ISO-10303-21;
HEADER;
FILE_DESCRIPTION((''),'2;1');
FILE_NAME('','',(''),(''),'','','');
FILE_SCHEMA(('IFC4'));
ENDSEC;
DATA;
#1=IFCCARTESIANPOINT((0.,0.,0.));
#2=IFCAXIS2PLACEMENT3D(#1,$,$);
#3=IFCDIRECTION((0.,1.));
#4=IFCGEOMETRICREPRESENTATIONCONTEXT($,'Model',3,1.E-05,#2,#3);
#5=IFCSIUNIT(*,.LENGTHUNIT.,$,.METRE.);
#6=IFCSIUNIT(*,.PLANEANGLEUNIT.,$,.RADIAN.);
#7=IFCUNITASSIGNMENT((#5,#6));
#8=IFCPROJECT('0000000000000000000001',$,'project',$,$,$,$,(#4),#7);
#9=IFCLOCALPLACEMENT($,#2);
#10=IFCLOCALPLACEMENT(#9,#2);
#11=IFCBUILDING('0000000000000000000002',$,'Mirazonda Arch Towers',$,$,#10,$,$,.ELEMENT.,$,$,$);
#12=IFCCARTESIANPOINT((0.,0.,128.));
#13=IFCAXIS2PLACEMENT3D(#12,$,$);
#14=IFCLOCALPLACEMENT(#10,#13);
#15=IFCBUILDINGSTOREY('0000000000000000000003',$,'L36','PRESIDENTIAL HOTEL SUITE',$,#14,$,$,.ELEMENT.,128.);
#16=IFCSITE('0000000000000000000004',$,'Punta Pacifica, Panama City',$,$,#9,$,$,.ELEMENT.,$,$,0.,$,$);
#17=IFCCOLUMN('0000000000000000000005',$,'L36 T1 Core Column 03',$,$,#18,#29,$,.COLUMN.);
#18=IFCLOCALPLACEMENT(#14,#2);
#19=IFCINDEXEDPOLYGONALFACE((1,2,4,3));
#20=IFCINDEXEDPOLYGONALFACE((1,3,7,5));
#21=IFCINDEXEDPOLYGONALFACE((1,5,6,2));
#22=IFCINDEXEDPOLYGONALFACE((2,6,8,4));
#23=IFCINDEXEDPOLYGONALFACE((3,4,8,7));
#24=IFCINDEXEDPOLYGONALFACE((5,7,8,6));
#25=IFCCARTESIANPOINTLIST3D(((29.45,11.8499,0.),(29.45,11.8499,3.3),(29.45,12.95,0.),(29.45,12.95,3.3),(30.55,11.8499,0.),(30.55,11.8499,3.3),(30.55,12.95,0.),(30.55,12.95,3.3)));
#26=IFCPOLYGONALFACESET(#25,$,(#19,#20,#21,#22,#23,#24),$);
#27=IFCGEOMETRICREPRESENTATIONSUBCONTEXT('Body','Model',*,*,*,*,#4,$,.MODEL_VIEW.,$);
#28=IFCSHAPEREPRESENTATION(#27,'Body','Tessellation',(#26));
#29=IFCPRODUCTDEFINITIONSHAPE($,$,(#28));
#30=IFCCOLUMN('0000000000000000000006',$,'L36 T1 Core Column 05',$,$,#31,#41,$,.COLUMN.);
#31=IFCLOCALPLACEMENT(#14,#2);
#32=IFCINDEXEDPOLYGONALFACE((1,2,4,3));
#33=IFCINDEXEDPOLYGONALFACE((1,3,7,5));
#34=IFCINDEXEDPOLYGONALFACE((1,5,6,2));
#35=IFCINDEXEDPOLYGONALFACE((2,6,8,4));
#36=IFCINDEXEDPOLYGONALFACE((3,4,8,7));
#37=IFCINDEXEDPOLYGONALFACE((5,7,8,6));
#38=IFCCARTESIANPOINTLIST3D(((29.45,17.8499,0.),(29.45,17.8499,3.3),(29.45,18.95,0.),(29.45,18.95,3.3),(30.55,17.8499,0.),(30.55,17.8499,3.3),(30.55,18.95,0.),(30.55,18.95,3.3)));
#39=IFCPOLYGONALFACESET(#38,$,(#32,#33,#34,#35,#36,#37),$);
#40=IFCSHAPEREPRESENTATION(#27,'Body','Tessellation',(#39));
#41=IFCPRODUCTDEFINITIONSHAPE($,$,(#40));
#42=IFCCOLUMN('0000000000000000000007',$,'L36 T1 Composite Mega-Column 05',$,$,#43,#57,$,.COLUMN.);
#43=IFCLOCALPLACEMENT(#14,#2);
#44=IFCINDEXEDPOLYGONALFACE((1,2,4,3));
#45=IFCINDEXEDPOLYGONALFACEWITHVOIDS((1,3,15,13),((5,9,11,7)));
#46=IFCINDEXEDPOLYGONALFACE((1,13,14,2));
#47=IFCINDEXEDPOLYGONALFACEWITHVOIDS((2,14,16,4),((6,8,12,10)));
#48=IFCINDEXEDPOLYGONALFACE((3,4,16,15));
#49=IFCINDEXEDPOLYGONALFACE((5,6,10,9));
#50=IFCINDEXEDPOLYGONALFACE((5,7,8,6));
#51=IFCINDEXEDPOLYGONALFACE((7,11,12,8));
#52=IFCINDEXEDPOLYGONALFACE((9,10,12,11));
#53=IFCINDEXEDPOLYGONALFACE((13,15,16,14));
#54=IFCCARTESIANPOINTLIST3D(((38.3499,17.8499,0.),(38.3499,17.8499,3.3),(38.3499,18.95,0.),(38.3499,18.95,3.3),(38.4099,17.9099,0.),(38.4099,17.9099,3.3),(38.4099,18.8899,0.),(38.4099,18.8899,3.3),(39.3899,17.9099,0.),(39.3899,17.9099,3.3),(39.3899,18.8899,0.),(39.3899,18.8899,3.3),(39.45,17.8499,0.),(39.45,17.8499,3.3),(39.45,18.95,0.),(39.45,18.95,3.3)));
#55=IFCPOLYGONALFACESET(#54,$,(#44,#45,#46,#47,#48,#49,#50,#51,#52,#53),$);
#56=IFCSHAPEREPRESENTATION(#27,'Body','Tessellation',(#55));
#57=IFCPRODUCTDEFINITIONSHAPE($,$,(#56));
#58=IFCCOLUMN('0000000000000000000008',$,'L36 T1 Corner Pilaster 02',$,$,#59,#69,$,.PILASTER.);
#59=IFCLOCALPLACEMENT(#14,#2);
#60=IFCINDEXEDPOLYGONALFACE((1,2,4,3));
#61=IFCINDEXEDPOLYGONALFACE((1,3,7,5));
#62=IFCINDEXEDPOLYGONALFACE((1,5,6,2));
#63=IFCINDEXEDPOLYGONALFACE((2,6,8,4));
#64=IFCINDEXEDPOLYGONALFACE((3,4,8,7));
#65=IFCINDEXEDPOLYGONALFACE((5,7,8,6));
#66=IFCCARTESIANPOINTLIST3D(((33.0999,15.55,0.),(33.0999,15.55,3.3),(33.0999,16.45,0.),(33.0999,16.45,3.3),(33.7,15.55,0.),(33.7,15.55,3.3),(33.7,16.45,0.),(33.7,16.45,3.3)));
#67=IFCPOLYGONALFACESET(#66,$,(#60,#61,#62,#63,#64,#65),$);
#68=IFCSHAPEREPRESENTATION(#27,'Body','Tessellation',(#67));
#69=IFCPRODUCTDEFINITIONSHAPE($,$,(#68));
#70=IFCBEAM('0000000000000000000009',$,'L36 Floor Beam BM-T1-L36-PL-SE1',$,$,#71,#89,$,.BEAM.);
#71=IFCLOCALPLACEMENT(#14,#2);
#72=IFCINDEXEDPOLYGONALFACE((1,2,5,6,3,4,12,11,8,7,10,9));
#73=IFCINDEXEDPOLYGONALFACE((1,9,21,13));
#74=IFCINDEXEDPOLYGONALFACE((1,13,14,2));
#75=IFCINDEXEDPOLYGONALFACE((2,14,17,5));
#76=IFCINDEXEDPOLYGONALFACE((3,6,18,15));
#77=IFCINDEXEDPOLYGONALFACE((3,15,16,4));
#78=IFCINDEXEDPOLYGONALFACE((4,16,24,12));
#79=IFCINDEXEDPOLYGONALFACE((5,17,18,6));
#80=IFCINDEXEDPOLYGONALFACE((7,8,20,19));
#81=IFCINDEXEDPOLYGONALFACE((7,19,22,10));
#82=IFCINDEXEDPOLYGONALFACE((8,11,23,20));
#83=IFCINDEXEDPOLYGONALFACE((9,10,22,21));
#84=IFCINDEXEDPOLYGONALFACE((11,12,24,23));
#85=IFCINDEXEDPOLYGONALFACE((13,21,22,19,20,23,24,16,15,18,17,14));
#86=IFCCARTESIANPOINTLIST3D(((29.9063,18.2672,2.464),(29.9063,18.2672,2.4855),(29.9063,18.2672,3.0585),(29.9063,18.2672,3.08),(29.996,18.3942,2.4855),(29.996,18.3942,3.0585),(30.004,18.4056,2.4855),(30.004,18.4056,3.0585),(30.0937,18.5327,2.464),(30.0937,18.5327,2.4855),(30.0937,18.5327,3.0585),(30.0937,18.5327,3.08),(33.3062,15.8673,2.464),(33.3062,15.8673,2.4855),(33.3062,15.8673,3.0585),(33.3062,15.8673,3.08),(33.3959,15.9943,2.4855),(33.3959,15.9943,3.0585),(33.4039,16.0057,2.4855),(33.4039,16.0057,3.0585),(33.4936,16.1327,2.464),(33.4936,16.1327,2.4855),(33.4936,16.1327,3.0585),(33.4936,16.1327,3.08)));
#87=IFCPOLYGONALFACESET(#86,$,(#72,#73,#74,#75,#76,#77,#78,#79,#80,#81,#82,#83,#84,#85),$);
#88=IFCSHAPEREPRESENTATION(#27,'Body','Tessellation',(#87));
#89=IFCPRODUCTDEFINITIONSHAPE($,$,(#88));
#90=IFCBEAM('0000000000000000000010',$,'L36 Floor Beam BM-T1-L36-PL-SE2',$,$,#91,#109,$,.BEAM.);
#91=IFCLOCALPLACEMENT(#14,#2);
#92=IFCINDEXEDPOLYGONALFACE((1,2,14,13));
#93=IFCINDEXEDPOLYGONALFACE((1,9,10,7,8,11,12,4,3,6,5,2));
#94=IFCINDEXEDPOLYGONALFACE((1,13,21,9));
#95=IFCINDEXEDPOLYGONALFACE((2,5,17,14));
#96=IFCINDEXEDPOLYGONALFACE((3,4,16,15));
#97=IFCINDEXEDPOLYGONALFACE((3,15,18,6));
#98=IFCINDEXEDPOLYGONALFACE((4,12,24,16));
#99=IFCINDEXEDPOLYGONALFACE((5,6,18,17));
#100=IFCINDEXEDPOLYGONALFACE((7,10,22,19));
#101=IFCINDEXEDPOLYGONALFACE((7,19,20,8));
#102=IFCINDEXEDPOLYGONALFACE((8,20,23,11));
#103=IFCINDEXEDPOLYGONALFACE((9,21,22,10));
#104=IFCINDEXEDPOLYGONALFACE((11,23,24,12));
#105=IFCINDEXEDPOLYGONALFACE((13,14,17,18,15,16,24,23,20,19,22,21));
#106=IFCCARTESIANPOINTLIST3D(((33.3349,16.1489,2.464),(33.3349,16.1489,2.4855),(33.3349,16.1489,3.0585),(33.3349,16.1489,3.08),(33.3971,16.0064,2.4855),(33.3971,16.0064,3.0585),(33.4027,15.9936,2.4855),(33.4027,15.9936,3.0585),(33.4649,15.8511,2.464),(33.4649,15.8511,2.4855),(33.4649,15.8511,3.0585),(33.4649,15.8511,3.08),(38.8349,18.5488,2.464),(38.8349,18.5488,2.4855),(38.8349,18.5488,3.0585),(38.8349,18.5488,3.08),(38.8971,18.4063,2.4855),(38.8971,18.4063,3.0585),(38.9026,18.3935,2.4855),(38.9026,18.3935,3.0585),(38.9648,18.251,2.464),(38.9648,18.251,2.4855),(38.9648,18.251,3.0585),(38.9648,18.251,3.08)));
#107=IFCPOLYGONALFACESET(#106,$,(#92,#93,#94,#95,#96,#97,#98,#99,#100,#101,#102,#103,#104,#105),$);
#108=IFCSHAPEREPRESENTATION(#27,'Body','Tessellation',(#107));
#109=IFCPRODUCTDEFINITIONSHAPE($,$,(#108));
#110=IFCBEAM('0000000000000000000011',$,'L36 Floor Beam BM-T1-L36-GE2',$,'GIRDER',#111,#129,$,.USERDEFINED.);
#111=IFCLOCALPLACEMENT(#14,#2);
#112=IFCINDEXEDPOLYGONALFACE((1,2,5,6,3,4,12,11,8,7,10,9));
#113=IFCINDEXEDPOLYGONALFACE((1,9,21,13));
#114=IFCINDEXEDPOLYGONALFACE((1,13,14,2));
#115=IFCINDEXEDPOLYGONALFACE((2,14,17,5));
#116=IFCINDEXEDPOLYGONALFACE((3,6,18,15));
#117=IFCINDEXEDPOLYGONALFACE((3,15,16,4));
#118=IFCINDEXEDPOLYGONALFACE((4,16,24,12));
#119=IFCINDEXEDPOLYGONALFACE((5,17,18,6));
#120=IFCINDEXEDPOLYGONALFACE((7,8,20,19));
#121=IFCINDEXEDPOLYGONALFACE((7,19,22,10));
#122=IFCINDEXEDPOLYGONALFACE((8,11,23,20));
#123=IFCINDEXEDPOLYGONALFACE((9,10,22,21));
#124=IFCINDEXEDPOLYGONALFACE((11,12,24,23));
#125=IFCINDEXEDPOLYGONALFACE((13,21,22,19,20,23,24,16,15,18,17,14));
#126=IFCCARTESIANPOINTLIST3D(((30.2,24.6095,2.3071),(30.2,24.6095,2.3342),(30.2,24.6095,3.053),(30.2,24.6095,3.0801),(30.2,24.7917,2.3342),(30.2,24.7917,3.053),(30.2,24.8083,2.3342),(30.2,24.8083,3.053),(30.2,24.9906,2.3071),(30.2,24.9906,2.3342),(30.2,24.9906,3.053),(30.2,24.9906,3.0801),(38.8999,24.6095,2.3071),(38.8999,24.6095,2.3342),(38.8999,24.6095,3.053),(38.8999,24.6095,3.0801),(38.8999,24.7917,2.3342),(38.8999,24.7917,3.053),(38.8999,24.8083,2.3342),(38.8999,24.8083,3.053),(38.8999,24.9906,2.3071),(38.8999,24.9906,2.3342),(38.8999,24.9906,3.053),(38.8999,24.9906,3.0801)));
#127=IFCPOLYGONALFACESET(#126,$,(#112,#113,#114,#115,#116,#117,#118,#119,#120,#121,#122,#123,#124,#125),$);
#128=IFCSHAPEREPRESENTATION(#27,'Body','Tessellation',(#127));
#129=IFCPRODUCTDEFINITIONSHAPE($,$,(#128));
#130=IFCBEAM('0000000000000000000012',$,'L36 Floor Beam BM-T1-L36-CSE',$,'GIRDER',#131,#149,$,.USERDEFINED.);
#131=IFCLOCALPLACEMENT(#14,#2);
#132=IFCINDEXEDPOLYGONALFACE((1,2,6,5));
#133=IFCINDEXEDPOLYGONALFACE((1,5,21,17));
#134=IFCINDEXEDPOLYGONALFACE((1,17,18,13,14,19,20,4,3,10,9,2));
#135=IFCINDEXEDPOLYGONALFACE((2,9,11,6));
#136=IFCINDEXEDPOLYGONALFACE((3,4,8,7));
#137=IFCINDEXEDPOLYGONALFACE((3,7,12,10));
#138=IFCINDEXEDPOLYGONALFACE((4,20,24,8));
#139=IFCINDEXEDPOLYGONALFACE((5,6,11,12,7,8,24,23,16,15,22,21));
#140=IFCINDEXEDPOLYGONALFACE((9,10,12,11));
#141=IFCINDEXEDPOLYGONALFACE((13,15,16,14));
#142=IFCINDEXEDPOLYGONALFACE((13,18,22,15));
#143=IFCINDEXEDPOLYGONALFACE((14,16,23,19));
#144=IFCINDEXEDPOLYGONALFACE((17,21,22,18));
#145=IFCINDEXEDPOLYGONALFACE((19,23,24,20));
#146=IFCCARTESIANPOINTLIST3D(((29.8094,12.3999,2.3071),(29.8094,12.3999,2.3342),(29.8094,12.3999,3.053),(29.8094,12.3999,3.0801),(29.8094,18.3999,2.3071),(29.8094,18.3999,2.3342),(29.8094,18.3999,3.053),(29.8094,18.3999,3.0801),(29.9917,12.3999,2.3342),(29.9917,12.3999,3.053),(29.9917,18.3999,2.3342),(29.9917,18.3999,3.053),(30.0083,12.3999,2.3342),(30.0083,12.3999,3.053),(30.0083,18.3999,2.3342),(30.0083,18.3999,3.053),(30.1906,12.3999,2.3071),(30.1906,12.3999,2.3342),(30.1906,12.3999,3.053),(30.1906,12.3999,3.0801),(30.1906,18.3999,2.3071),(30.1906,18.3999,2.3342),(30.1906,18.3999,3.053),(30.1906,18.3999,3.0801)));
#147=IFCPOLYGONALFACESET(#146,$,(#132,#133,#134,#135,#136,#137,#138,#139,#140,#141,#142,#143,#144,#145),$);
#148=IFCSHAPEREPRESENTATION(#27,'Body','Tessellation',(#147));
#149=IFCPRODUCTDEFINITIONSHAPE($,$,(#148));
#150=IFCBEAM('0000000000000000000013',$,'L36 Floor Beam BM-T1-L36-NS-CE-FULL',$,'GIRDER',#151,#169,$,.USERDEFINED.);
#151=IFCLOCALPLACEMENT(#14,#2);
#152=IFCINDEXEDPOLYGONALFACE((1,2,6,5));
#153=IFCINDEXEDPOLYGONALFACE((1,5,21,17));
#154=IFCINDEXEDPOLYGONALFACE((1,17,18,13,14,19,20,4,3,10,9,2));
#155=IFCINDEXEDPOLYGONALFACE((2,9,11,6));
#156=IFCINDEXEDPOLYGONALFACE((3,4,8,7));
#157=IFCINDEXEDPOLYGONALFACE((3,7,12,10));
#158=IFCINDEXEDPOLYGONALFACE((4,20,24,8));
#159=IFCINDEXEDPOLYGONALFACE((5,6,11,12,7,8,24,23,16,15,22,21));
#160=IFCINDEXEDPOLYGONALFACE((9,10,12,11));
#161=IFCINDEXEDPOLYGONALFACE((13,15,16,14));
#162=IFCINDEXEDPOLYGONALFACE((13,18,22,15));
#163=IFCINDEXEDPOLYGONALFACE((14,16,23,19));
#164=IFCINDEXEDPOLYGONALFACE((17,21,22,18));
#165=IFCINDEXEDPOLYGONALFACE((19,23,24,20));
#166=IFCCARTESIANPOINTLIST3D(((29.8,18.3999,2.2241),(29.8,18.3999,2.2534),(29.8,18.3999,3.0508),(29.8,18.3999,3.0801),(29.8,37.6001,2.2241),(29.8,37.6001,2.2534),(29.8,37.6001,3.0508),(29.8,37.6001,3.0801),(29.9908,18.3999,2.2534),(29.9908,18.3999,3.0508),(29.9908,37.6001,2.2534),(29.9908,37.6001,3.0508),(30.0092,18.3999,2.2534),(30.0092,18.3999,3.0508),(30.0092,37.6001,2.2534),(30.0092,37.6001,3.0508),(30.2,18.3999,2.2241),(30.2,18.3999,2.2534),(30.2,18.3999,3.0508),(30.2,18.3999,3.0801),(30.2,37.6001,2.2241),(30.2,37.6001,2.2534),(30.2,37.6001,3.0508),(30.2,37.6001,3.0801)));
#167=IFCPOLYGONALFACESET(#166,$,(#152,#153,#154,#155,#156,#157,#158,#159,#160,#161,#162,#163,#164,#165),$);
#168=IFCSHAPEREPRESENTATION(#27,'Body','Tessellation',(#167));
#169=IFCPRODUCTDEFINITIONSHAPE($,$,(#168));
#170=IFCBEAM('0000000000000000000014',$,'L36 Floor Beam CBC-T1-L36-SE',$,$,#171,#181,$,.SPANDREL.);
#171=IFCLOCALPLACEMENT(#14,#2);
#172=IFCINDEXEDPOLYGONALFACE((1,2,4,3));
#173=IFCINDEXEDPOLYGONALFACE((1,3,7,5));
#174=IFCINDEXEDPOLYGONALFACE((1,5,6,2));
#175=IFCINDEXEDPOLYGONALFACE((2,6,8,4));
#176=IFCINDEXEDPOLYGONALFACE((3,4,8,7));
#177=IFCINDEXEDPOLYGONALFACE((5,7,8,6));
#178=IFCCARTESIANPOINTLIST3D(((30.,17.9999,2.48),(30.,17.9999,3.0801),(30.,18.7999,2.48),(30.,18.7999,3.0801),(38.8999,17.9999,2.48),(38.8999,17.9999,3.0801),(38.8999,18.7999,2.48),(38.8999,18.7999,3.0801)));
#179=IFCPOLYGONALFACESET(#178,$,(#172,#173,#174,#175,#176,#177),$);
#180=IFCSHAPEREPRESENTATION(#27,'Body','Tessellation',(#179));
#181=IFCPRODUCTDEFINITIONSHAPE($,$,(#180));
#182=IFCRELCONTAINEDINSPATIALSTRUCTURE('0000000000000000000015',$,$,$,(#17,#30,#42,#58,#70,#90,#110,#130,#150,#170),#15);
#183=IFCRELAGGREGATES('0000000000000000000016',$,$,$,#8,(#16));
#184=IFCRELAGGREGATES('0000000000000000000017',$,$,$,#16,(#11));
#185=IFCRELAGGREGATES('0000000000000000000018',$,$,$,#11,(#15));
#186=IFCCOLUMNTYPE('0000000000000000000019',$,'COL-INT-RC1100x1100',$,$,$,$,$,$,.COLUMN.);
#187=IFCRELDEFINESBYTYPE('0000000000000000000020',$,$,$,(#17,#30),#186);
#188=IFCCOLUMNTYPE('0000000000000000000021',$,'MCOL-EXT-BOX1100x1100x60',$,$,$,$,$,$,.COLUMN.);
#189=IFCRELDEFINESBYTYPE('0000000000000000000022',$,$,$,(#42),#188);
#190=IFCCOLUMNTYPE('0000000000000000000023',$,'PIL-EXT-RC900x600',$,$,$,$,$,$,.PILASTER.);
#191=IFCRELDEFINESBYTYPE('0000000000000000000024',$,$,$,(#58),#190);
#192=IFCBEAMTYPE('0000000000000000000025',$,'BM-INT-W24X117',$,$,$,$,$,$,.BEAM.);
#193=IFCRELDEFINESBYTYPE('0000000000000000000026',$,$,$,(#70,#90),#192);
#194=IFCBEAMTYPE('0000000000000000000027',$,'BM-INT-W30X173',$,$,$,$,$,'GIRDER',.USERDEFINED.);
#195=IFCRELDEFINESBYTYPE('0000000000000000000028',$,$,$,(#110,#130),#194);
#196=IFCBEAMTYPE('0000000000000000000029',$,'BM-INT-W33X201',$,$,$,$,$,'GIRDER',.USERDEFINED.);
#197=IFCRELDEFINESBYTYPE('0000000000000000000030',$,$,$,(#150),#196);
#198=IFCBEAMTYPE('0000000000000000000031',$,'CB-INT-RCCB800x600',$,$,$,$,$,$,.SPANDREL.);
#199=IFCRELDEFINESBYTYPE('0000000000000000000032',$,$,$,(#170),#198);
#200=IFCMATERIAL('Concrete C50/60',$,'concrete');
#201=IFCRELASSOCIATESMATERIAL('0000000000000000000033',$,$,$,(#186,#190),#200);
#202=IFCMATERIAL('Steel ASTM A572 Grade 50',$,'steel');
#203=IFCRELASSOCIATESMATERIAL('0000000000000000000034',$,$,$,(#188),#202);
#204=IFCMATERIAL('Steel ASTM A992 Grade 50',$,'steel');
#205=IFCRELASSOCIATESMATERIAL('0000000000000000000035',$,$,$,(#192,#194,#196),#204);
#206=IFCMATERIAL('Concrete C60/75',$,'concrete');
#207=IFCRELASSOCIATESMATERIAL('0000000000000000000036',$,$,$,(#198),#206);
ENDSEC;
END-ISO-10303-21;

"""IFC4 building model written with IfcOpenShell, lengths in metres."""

from ifc_helpers import new_model, si_unit, direction, frame, origin, origin_2d, place, context, subcontext, project, spatial, rectangle, hollow_rectangle, i_section, extrude, material, material_profile, profile_set, type_object, element, save


model = new_model("IFC4")

# Units and contexts
model_context = context("Model", 3, precision=1e-05, world=origin(), true_north=direction((0.0, 1.0)))
body_context = subcontext(model_context, "Body", "Model", "MODEL_VIEW")
ifc_project = project(units=[si_unit("LENGTHUNIT", "METRE"), si_unit("PLANEANGLEUNIT", "RADIAN")], contexts=[model_context])

# Site, building, storey
site_placement = place(None, origin())
site = spatial("IfcSite", under=ifc_project, at=site_placement, Name="Punta Pacifica, Panama City", CompositionType="ELEMENT", RefElevation=0.0)
building_placement = place(site_placement, origin())
building = spatial("IfcBuilding", under=site, at=building_placement, Name="Mirazonda Arch Towers", CompositionType="ELEMENT")
storey_placement = place(building_placement, frame((0.0, 0.0, 128.0)))
storey = spatial("IfcBuildingStorey", under=building, at=storey_placement, Name="L36", Description="PRESIDENTIAL HOTEL SUITE", CompositionType="ELEMENT", Elevation=128.0)

# Columns
ifc_material_1 = material(Name="Concrete C50/60", Category="concrete")
ifc_material_profile_1 = material_profile(ifc_material_1, rectangle(XDim=1.1001, YDim=1.1001, at=origin_2d()), Name="RC1100x1100")
ifc_profile_set_1 = profile_set([ifc_material_profile_1], Name="Concrete C50/60")
column_type_1 = type_object("IfcColumnType", Name="COL-INT-RC1100x1100", PredefinedType="COLUMN", material=ifc_profile_set_1)
for number, where, z_axis, x_axis, name in (
    (1, (30.0, 12.3999, 0.0), (0.0, 0.0, 1.0), (1.0, 0.0, 0.0), "L36 T1 Core Column 03"),
    (2, (30.0, 18.3999, 0.0), (0.0, 0.0, 1.0), (1.0, 0.0, 0.0), "L36 T1 Core Column 05"),
):
    element("IfcColumn", number, at=place(storey_placement, frame(where, z_axis=z_axis, x_axis=x_axis)), inside=storey, type_object=column_type_1, Name=name, PredefinedType="COLUMN", context=body_context, shape_type="SweptSolid", body=[
        extrude(rectangle(XDim=1.1001, YDim=1.1001, at=origin_2d()), origin(), (0.0, 0.0, 1.0), 3.3),
    ])
ifc_material_2 = material(Name="Steel ASTM A572 Grade 50", Category="steel")
ifc_material_profile_2 = material_profile(ifc_material_2, hollow_rectangle(XDim=1.1001, YDim=1.1001, WallThickness=0.0601, at=origin_2d()), Name="BOX1100x1100x60")
ifc_profile_set_2 = profile_set([ifc_material_profile_2], Name="Steel ASTM A572 Grade 50")
column_type_2 = type_object("IfcColumnType", Name="MCOL-EXT-BOX1100x1100x60", PredefinedType="COLUMN", material=ifc_profile_set_2)
column_1_placement = place(storey_placement, frame((38.8999, 18.3999, 0.0), z_axis=(0.0, 0.0, 1.0), x_axis=(1.0, 0.0, 0.0)))
element("IfcColumn", 3, at=column_1_placement, inside=storey, type_object=column_type_2, Name="L36 T1 Composite Mega-Column 05", PredefinedType="COLUMN", context=body_context, shape_type="SweptSolid", body=[
    extrude(hollow_rectangle(XDim=1.1001, YDim=1.1001, WallThickness=0.0601, at=origin_2d()), origin(), (0.0, 0.0, 1.0), 3.3),
])
ifc_material_profile_3 = material_profile(ifc_material_1, rectangle(XDim=0.6001, YDim=0.8999, at=origin_2d()), Name="RC900x600")
ifc_profile_set_3 = profile_set([ifc_material_profile_3], Name="Concrete C50/60")
column_type_3 = type_object("IfcColumnType", Name="PIL-EXT-RC900x600", PredefinedType="PILASTER", material=ifc_profile_set_3)
column_2_placement = place(storey_placement, frame((33.3999, 16.0, 0.0), z_axis=(0.0, 0.0, 1.0), x_axis=(1.0, 0.0, 0.0)))
element("IfcColumn", 4, at=column_2_placement, inside=storey, type_object=column_type_3, Name="L36 T1 Corner Pilaster 02", PredefinedType="PILASTER", context=body_context, shape_type="SweptSolid", body=[
    extrude(rectangle(XDim=0.6001, YDim=0.8999, at=origin_2d()), origin(), (0.0, 0.0, 1.0), 3.3),
])

# Beams
ifc_material_3 = material(Name="Steel ASTM A992 Grade 50", Category="steel")
ifc_material_profile_4 = material_profile(ifc_material_3, i_section(OverallWidth=0.325, OverallDepth=0.616, WebThickness=0.0139, FlangeThickness=0.0215, at=origin_2d()), Name="W24X117")
ifc_profile_set_4 = profile_set([ifc_material_profile_4], Name="Steel ASTM A992 Grade 50")
beam_type_1 = type_object("IfcBeamType", Name="BM-INT-W24X117", PredefinedType="BEAM", material=ifc_profile_set_4)
beam_1_placement = place(storey_placement, frame((33.3999, 16.0, 2.772), z_axis=(-0.816971, 0.576679, 0.0), x_axis=(-0.576679, -0.816971, 0.0)))
element("IfcBeam", 5, at=beam_1_placement, inside=storey, type_object=beam_type_1, Name="L36 Floor Beam BM-T1-L36-PL-SE1", PredefinedType="BEAM", context=body_context, shape_type="SweptSolid", body=[
    extrude(i_section(OverallWidth=0.325, OverallDepth=0.616, WebThickness=0.0139, FlangeThickness=0.0215, at=origin_2d()), origin(), (0.0, 0.0, 1.0), 4.1616),
])
beam_2_placement = place(storey_placement, frame((33.3999, 16.0, 2.772), z_axis=(0.916545, 0.399931, 0.0), x_axis=(-0.399931, 0.916545, 0.0)))
element("IfcBeam", 6, at=beam_2_placement, inside=storey, type_object=beam_type_1, Name="L36 Floor Beam BM-T1-L36-PL-SE2", PredefinedType="BEAM", context=body_context, shape_type="SweptSolid", body=[
    extrude(i_section(OverallWidth=0.325, OverallDepth=0.616, WebThickness=0.0139, FlangeThickness=0.0215, at=origin_2d()), origin(), (0.0, 0.0, 1.0), 6.0007),
])
ifc_material_profile_5 = material_profile(ifc_material_3, i_section(OverallWidth=0.3811, OverallDepth=0.7729, WebThickness=0.0166, FlangeThickness=0.0271, at=origin_2d()), Name="W30X173")
ifc_profile_set_5 = profile_set([ifc_material_profile_5], Name="Steel ASTM A992 Grade 50")
beam_type_2 = type_object("IfcBeamType", Name="BM-INT-W30X173", ElementType="GIRDER", PredefinedType="USERDEFINED", material=ifc_profile_set_5)
beam_3_placement = place(storey_placement, frame((30.2, 24.8, 2.6936), z_axis=(1.0, 0.0, 0.0), x_axis=(0.0, 1.0, 0.0)))
element("IfcBeam", 7, at=beam_3_placement, inside=storey, type_object=beam_type_2, Name="L36 Floor Beam BM-T1-L36-GE2", ObjectType="GIRDER", PredefinedType="USERDEFINED", context=body_context, shape_type="SweptSolid", body=[
    extrude(i_section(OverallWidth=0.3811, OverallDepth=0.7729, WebThickness=0.0166, FlangeThickness=0.0271, at=origin_2d()), origin(), (0.0, 0.0, 1.0), 8.7),
])
beam_4_placement = place(storey_placement, frame((30.0, 12.3999, 2.6936), z_axis=(0.0, 1.0, 0.0), x_axis=(-1.0, 0.0, 0.0)))
element("IfcBeam", 8, at=beam_4_placement, inside=storey, type_object=beam_type_2, Name="L36 Floor Beam BM-T1-L36-CSE", ObjectType="GIRDER", PredefinedType="USERDEFINED", context=body_context, shape_type="SweptSolid", body=[
    extrude(i_section(OverallWidth=0.3811, OverallDepth=0.7729, WebThickness=0.0166, FlangeThickness=0.0271, at=origin_2d()), origin(), (0.0, 0.0, 1.0), 6.0),
])
ifc_material_profile_6 = material_profile(ifc_material_3, i_section(OverallWidth=0.3999, OverallDepth=0.856, WebThickness=0.0183, FlangeThickness=0.0293, at=origin_2d()), Name="W33X201")
ifc_profile_set_6 = profile_set([ifc_material_profile_6], Name="Steel ASTM A992 Grade 50")
beam_type_3 = type_object("IfcBeamType", Name="BM-INT-W33X201", ElementType="GIRDER", PredefinedType="USERDEFINED", material=ifc_profile_set_6)
beam_5_placement = place(storey_placement, frame((30.0, 18.3999, 2.6521), z_axis=(0.0, 1.0, 0.0), x_axis=(-1.0, 0.0, 0.0)))
element("IfcBeam", 9, at=beam_5_placement, inside=storey, type_object=beam_type_3, Name="L36 Floor Beam BM-T1-L36-NS-CE-FULL", ObjectType="GIRDER", PredefinedType="USERDEFINED", context=body_context, shape_type="SweptSolid", body=[
    extrude(i_section(OverallWidth=0.3999, OverallDepth=0.856, WebThickness=0.0183, FlangeThickness=0.0293, at=origin_2d()), origin(), (0.0, 0.0, 1.0), 19.2002),
])
ifc_material_4 = material(Name="Concrete C60/75", Category="concrete")
ifc_material_profile_7 = material_profile(ifc_material_4, rectangle(XDim=0.8, YDim=0.6001, at=origin_2d()), Name="RCCB800x600")
ifc_profile_set_7 = profile_set([ifc_material_profile_7], Name="Concrete C60/75")
beam_type_4 = type_object("IfcBeamType", Name="CB-INT-RCCB800x600", PredefinedType="SPANDREL", material=ifc_profile_set_7)
beam_6_placement = place(storey_placement, frame((30.0, 18.3999, 2.78), z_axis=(1.0, 0.0, 0.0), x_axis=(0.0, 1.0, 0.0)))
element("IfcBeam", 10, at=beam_6_placement, inside=storey, type_object=beam_type_4, Name="L36 Floor Beam CBC-T1-L36-SE", PredefinedType="SPANDREL", context=body_context, shape_type="SweptSolid", body=[
    extrude(rectangle(XDim=0.8, YDim=0.6001, at=origin_2d()), origin(), (0.0, 0.0, 1.0), 8.8999),
])

save(model, "model.ifc")
